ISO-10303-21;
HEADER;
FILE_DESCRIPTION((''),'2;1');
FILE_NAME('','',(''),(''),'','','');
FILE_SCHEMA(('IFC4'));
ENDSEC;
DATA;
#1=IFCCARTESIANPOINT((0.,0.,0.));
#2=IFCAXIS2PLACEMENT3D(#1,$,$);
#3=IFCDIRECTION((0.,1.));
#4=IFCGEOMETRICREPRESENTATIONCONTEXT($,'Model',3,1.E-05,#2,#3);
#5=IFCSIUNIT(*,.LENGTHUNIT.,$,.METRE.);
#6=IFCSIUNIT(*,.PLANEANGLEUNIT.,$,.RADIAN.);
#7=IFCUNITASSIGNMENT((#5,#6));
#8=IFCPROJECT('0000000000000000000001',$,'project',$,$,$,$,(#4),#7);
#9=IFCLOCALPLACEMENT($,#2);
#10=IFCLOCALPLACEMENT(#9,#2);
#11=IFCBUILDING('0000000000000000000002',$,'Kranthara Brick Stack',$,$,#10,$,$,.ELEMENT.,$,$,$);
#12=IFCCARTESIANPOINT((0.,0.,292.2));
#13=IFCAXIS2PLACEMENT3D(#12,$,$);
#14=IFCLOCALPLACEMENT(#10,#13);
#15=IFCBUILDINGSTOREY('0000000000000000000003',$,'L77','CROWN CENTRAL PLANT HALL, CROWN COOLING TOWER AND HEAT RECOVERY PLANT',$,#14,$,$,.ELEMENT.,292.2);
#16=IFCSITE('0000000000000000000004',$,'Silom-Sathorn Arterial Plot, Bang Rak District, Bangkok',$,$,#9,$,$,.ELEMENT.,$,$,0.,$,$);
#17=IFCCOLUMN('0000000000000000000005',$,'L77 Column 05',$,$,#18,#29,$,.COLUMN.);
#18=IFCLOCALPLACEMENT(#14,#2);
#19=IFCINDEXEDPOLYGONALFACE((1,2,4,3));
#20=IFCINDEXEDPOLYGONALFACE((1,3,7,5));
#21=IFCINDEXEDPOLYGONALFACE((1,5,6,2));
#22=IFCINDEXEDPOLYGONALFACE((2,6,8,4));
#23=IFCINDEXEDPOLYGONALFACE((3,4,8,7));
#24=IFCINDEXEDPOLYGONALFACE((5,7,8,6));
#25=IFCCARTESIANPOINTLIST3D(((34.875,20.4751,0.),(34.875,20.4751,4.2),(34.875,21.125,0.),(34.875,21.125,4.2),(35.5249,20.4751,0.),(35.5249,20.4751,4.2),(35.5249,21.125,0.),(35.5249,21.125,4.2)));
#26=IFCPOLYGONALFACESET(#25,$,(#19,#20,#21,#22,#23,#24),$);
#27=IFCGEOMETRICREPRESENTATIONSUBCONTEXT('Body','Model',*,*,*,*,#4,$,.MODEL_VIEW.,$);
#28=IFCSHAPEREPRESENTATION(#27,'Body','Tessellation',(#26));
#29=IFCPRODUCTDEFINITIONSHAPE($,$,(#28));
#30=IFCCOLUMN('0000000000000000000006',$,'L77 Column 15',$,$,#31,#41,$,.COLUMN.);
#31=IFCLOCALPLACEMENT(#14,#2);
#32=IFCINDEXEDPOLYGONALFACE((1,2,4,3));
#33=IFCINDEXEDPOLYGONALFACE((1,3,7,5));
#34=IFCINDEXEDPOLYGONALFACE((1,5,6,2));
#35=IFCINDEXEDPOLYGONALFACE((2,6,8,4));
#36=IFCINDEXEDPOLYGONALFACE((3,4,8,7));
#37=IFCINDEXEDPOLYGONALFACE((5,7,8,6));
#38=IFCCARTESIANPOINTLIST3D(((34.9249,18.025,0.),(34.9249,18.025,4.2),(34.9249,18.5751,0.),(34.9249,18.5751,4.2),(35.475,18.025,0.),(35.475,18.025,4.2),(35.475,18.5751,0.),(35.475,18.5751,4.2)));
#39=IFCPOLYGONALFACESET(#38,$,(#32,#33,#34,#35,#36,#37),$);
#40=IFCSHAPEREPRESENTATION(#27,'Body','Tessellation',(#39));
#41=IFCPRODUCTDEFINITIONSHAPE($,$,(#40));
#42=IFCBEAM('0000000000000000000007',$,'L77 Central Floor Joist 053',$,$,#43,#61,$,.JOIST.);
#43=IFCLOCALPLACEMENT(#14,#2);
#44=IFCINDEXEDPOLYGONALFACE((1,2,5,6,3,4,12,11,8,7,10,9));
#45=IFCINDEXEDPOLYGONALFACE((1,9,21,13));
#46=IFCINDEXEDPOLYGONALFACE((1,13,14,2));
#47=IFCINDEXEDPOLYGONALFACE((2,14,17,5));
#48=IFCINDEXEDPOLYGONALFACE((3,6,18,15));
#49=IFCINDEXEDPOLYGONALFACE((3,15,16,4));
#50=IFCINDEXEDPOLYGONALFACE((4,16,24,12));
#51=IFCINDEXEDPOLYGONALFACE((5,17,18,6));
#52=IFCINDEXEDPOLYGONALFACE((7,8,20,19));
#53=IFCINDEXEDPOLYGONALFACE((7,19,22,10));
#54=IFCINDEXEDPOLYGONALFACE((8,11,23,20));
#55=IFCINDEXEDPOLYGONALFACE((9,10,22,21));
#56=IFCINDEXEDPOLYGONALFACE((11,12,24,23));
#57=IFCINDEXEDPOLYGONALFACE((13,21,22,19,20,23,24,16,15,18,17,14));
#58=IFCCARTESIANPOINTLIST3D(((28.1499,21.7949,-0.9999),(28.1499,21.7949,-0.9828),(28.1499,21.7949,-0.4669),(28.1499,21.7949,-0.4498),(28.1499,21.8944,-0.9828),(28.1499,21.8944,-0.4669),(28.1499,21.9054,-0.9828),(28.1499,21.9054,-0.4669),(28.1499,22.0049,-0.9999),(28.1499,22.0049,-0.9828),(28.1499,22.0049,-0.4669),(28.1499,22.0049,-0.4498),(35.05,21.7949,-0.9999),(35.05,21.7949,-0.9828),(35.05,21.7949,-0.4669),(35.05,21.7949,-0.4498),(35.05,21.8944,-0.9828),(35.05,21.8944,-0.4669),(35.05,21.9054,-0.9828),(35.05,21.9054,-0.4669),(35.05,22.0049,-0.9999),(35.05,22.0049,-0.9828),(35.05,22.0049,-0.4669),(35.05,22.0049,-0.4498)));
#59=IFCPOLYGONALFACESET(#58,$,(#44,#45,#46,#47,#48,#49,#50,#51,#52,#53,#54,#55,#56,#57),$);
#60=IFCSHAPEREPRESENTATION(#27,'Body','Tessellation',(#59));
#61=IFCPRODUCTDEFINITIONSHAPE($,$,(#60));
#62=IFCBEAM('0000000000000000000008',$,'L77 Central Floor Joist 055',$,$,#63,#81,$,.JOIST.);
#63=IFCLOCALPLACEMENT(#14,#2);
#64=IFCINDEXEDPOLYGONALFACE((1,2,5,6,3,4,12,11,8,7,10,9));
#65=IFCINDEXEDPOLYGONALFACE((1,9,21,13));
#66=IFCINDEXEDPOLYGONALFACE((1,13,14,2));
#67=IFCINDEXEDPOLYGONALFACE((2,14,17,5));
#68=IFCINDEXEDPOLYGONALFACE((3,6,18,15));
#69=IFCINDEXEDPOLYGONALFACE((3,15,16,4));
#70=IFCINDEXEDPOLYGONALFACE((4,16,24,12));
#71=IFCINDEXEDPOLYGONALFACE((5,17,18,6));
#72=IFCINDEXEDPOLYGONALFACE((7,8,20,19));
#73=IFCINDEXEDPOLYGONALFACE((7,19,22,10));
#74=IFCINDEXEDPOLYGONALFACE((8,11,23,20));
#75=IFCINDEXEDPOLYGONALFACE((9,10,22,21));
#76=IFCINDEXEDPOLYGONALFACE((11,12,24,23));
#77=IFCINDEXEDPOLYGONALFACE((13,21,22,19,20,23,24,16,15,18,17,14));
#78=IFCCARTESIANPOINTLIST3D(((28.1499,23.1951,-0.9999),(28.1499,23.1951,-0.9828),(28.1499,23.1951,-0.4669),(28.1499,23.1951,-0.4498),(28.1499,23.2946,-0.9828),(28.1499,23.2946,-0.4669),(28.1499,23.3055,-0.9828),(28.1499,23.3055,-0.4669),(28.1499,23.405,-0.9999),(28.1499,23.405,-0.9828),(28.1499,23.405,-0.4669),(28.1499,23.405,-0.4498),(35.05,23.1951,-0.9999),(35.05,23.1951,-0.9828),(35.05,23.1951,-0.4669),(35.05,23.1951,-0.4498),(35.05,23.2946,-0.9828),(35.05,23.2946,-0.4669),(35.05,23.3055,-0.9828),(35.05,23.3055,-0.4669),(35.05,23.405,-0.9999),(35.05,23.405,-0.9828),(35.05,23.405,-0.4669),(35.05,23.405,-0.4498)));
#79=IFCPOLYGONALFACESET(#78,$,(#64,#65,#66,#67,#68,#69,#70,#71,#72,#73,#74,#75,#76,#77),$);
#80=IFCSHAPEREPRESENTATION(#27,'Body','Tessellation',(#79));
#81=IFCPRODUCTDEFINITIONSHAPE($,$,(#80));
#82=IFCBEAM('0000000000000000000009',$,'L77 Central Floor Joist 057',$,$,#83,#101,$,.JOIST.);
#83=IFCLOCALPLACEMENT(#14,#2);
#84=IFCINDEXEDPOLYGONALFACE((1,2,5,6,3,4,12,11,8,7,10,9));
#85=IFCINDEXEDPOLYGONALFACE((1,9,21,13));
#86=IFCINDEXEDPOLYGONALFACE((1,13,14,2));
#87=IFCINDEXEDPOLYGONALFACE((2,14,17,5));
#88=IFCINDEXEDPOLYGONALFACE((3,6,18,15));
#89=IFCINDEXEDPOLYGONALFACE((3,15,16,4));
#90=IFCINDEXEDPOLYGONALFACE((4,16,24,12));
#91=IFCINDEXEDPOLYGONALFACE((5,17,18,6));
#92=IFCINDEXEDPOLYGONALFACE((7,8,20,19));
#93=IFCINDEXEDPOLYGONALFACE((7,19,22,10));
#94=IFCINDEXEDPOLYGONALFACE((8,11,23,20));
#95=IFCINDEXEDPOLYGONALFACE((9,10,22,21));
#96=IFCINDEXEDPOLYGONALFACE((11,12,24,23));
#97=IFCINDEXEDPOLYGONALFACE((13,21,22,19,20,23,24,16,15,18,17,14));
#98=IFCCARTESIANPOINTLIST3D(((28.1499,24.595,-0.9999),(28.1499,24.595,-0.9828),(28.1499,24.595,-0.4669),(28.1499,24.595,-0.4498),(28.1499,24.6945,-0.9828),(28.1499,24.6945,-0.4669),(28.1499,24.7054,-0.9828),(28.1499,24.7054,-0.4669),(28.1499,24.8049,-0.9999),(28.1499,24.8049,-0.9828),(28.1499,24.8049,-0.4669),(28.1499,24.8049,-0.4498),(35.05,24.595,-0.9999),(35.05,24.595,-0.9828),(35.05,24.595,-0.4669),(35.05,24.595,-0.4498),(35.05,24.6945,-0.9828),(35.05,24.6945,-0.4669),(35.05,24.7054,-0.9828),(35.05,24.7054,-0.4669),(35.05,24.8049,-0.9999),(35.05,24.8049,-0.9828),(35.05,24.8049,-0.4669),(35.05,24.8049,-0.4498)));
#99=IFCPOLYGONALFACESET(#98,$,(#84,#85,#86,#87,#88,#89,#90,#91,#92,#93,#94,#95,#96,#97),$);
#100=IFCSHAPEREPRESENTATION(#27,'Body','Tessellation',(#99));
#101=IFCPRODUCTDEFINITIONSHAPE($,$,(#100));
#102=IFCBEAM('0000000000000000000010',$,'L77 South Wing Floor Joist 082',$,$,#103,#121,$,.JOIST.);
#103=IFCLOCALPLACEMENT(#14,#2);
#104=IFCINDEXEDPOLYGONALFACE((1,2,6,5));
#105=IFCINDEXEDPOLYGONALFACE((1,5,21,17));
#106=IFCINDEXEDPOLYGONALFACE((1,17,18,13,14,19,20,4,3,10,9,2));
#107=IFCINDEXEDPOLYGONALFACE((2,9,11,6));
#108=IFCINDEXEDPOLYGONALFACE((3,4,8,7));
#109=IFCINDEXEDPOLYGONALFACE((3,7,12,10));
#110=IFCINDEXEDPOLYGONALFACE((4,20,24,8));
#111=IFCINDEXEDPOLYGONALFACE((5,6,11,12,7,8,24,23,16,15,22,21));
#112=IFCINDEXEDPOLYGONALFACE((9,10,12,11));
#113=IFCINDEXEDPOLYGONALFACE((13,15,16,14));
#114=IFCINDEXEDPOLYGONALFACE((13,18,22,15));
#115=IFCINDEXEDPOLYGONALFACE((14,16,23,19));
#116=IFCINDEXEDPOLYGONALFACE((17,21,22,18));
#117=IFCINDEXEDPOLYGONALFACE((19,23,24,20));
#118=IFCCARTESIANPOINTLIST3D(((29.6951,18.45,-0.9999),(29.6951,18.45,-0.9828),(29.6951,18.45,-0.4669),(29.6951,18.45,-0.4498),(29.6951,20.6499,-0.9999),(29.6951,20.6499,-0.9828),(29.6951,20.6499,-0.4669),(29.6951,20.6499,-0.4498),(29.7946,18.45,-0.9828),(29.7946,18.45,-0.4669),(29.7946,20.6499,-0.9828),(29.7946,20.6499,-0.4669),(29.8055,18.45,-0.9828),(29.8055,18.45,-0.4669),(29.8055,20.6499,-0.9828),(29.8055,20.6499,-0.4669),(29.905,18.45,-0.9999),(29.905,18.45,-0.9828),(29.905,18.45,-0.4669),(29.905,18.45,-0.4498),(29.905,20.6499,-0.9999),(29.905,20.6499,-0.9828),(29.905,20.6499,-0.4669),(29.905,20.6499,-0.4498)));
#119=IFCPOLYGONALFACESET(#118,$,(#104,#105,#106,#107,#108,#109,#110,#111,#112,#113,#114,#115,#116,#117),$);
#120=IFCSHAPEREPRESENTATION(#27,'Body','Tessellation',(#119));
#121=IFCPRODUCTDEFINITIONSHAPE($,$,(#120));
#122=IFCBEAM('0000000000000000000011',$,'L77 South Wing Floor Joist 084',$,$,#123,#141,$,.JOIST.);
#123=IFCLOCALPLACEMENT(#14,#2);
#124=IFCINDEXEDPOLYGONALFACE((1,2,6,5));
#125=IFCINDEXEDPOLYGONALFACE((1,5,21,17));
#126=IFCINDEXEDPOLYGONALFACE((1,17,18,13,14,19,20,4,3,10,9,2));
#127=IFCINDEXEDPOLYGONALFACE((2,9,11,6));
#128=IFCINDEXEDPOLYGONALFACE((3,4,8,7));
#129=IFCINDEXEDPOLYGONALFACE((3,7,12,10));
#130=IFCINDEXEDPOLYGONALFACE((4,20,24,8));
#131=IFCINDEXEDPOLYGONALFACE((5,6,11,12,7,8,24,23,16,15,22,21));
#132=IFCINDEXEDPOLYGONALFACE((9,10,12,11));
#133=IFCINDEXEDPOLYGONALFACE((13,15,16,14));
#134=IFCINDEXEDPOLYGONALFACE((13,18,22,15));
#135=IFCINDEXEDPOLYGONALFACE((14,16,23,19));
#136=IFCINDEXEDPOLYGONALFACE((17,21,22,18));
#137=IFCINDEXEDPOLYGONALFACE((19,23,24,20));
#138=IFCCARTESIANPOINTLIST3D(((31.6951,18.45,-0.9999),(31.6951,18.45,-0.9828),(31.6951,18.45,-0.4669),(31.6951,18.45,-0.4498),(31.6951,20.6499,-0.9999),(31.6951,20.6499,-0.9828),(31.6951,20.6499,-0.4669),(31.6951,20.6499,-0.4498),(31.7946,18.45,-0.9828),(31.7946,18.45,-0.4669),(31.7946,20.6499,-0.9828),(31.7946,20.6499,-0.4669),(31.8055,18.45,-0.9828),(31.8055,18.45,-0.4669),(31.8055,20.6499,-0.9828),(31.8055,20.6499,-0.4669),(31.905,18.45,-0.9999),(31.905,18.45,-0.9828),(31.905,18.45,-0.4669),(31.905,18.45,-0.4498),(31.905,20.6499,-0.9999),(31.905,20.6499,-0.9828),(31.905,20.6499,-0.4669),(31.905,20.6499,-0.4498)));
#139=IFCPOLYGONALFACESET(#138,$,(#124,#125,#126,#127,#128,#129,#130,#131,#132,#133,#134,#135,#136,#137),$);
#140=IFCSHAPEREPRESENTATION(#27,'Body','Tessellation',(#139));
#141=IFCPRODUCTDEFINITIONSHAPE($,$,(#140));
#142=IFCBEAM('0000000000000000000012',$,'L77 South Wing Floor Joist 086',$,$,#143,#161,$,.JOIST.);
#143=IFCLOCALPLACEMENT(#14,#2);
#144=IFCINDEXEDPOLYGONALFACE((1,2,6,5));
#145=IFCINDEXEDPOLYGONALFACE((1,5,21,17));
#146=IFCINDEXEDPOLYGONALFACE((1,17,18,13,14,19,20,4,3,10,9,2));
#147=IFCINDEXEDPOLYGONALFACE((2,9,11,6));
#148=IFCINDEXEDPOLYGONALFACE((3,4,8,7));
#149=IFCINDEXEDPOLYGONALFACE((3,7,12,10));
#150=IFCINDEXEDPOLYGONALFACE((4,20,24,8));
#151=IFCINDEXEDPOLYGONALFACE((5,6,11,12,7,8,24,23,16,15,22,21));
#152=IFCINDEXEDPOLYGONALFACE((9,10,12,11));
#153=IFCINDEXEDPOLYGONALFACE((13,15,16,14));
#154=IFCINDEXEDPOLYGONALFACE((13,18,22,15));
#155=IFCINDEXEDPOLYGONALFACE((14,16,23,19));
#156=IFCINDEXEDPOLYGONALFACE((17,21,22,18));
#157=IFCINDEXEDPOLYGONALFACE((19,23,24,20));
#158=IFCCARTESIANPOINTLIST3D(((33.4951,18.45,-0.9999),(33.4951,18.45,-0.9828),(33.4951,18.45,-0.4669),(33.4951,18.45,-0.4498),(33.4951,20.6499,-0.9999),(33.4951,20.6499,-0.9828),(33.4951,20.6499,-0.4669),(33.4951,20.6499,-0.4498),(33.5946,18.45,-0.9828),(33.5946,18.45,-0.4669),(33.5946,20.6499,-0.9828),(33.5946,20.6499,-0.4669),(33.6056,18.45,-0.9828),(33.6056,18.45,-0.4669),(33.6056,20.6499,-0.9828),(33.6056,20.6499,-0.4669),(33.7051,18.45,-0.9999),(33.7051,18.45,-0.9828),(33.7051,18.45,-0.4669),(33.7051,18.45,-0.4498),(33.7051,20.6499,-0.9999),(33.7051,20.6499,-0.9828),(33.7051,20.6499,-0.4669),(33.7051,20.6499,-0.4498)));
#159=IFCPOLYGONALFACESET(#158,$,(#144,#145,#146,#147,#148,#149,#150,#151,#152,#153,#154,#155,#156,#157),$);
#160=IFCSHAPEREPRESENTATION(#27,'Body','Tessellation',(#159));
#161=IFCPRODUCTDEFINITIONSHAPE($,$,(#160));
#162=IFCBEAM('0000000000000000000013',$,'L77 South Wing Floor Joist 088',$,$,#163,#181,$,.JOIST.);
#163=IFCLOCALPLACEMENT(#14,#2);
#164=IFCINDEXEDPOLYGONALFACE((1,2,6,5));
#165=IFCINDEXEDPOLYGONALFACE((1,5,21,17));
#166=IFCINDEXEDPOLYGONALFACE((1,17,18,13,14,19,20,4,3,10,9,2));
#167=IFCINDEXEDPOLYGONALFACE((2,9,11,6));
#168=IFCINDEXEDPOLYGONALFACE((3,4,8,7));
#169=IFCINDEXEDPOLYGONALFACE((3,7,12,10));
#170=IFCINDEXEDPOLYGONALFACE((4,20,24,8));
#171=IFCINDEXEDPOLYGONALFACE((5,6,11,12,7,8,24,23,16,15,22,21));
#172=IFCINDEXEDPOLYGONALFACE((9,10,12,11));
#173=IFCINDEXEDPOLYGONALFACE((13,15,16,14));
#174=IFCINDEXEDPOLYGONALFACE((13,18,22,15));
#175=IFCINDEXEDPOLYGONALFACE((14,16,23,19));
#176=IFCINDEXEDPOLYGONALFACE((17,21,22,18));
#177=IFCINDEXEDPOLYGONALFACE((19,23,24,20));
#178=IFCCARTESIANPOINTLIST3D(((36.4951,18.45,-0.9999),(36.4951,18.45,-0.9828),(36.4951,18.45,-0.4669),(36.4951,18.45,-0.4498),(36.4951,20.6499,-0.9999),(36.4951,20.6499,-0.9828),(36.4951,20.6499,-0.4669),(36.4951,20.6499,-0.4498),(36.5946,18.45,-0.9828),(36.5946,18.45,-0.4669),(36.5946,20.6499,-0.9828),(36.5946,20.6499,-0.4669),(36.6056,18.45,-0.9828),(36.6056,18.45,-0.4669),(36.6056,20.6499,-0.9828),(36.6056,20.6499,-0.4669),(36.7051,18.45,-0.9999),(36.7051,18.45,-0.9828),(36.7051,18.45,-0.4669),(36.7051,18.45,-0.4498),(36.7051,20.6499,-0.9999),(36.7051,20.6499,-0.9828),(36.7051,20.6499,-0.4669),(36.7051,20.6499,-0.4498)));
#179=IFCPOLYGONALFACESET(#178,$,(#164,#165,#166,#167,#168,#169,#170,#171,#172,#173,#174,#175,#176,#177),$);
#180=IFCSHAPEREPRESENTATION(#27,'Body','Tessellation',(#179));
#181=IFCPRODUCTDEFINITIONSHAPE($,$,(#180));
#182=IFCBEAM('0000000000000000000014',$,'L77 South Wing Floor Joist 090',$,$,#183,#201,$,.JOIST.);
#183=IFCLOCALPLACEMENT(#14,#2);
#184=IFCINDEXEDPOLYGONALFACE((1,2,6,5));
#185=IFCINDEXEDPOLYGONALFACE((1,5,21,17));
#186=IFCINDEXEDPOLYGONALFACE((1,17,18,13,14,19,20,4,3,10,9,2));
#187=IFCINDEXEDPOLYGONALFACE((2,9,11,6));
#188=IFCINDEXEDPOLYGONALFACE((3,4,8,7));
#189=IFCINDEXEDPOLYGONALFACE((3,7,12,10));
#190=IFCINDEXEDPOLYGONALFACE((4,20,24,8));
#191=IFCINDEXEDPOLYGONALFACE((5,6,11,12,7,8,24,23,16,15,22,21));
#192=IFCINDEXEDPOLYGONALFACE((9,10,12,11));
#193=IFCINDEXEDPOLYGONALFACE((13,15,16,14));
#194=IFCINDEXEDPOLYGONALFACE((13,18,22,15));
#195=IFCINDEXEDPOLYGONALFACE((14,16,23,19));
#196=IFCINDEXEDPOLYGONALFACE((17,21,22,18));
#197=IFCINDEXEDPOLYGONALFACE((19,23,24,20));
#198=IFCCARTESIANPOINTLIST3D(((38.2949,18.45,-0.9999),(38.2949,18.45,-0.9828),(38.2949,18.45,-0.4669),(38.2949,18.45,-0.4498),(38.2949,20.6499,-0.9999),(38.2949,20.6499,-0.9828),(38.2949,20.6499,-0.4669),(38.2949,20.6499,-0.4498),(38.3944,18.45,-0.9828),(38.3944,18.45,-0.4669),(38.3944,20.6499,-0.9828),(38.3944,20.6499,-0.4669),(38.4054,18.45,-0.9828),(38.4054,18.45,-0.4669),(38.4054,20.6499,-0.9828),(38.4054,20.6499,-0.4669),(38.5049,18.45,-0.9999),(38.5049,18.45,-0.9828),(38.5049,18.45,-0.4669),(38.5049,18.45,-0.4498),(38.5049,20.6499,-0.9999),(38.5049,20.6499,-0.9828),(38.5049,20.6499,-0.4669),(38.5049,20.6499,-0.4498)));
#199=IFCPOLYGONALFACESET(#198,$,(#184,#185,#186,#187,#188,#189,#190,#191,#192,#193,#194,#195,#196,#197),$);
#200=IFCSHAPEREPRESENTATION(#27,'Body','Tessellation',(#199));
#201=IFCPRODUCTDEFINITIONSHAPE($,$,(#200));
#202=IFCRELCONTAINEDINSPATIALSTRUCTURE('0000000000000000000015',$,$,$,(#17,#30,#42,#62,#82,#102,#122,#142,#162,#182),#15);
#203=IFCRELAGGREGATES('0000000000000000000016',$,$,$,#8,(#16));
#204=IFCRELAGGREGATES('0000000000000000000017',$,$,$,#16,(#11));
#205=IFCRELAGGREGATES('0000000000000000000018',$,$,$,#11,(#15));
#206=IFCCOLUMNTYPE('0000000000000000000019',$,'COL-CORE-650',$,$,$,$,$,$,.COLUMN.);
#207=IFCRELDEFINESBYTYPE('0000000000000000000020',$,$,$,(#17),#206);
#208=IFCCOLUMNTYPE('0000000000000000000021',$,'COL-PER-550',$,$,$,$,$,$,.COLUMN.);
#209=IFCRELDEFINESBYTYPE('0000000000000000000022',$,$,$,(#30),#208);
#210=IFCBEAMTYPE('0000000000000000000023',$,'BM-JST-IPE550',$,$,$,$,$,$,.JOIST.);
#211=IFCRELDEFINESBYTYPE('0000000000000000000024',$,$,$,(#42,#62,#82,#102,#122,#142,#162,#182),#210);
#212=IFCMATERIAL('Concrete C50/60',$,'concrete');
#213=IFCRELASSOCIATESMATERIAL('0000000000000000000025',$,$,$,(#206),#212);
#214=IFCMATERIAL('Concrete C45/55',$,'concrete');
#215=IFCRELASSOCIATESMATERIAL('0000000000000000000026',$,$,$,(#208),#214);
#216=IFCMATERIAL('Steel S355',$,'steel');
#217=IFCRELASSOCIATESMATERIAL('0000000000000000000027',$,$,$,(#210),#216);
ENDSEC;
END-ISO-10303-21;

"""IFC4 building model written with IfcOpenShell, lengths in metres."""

from ifc_helpers import new_model, si_unit, direction, frame, origin, origin_2d, place, context, subcontext, project, spatial, rectangle, i_section, extrude, material, material_profile, profile_set, type_object, element, save


model = new_model("IFC4")

# Units and contexts
model_context = context("Model", 3, precision=1e-05, world=origin(), true_north=direction((0.0, 1.0)))
body_context = subcontext(model_context, "Body", "Model", "MODEL_VIEW")
ifc_project = project(units=[si_unit("LENGTHUNIT", "METRE"), si_unit("PLANEANGLEUNIT", "RADIAN")], contexts=[model_context])

# Site, building, storey
site_placement = place(None, origin())
site = spatial("IfcSite", under=ifc_project, at=site_placement, Name="Silom-Sathorn Arterial Plot, Bang Rak District, Bangkok", CompositionType="ELEMENT", RefElevation=0.0)
building_placement = place(site_placement, origin())
building = spatial("IfcBuilding", under=site, at=building_placement, Name="Kranthara Brick Stack", CompositionType="ELEMENT")
storey_placement = place(building_placement, frame((0.0, 0.0, 292.2)))
storey = spatial("IfcBuildingStorey", under=building, at=storey_placement, Name="L77", Description="CROWN CENTRAL PLANT HALL, CROWN COOLING TOWER AND HEAT RECOVERY PLANT", CompositionType="ELEMENT", Elevation=292.2)

# Columns
ifc_material_1 = material(Name="Concrete C50/60", Category="concrete")
ifc_material_profile_1 = material_profile(ifc_material_1, rectangle(XDim=0.6499, YDim=0.6499, at=origin_2d()), Name="RC 650x650")
ifc_profile_set_1 = profile_set([ifc_material_profile_1], Name="Concrete C50/60")
column_type_1 = type_object("IfcColumnType", Name="COL-CORE-650", PredefinedType="COLUMN", material=ifc_profile_set_1)
column_1_placement = place(storey_placement, frame((35.2, 20.8, 0.0), z_axis=(0.0, 0.0, 1.0), x_axis=(1.0, 0.0, 0.0)))
element("IfcColumn", 1, at=column_1_placement, inside=storey, type_object=column_type_1, Name="L77 Column 05", PredefinedType="COLUMN", context=body_context, shape_type="SweptSolid", body=[
    extrude(rectangle(XDim=0.6499, YDim=0.6499, at=origin_2d()), origin(), (0.0, 0.0, 1.0), 4.2),
])
ifc_material_2 = material(Name="Concrete C45/55", Category="concrete")
ifc_material_profile_2 = material_profile(ifc_material_2, rectangle(XDim=0.55, YDim=0.55, at=origin_2d()), Name="RC 550x550")
ifc_profile_set_2 = profile_set([ifc_material_profile_2], Name="Concrete C45/55")
column_type_2 = type_object("IfcColumnType", Name="COL-PER-550", PredefinedType="COLUMN", material=ifc_profile_set_2)
column_2_placement = place(storey_placement, frame((35.2, 18.3, 0.0), z_axis=(0.0, 0.0, 1.0), x_axis=(1.0, 0.0, 0.0)))
element("IfcColumn", 2, at=column_2_placement, inside=storey, type_object=column_type_2, Name="L77 Column 15", PredefinedType="COLUMN", context=body_context, shape_type="SweptSolid", body=[
    extrude(rectangle(XDim=0.55, YDim=0.55, at=origin_2d()), origin(), (0.0, 0.0, 1.0), 4.2),
])

# Beams
ifc_material_3 = material(Name="Steel S355", Category="steel")
ifc_material_profile_3 = material_profile(ifc_material_3, i_section(OverallWidth=0.21, OverallDepth=0.55, WebThickness=0.011, FlangeThickness=0.0171, at=origin_2d()), Name="IPE 550")
ifc_profile_set_3 = profile_set([ifc_material_profile_3], Name="Steel S355")
beam_type_1 = type_object("IfcBeamType", Name="BM-JST-IPE550", PredefinedType="JOIST", material=ifc_profile_set_3)
for number, where, z_axis, x_axis, name in (
    (3, (28.1499, 21.8999, -0.7249), (1.0, 0.0, 0.0), (0.0, 1.0, 0.0), "L77 Central Floor Joist 053"),
    (4, (28.1499, 23.3, -0.7249), (1.0, 0.0, 0.0), (0.0, 1.0, 0.0), "L77 Central Floor Joist 055"),
    (5, (28.1499, 24.7, -0.7249), (1.0, 0.0, 0.0), (0.0, 1.0, 0.0), "L77 Central Floor Joist 057"),
):
    element("IfcBeam", number, at=place(storey_placement, frame(where, z_axis=z_axis, x_axis=x_axis)), inside=storey, type_object=beam_type_1, Name=name, PredefinedType="JOIST", context=body_context, shape_type="SweptSolid", body=[
        extrude(i_section(OverallWidth=0.21, OverallDepth=0.55, WebThickness=0.011, FlangeThickness=0.0171, at=origin_2d()), origin(), (0.0, 0.0, 1.0), 6.9001),
    ])
for number, where, z_axis, x_axis, name in (
    (6, (29.8, 18.45, -0.7249), (0.0, 1.0, 0.0), (-1.0, 0.0, 0.0), "L77 South Wing Floor Joist 082"),
    (7, (31.8, 18.45, -0.7249), (0.0, 1.0, 0.0), (-1.0, 0.0, 0.0), "L77 South Wing Floor Joist 084"),
    (8, (33.6001, 18.45, -0.7249), (0.0, 1.0, 0.0), (-1.0, 0.0, 0.0), "L77 South Wing Floor Joist 086"),
    (9, (36.6001, 18.45, -0.7249), (0.0, 1.0, 0.0), (-1.0, 0.0, 0.0), "L77 South Wing Floor Joist 088"),
    (10, (38.3999, 18.45, -0.7249), (0.0, 1.0, 0.0), (-1.0, 0.0, 0.0), "L77 South Wing Floor Joist 090"),
):
    element("IfcBeam", number, at=place(storey_placement, frame(where, z_axis=z_axis, x_axis=x_axis)), inside=storey, type_object=beam_type_1, Name=name, PredefinedType="JOIST", context=body_context, shape_type="SweptSolid", body=[
        extrude(i_section(OverallWidth=0.21, OverallDepth=0.55, WebThickness=0.011, FlangeThickness=0.0171, at=origin_2d()), origin(), (0.0, 0.0, 1.0), 2.2),
    ])

save(model, "model.ifc")
